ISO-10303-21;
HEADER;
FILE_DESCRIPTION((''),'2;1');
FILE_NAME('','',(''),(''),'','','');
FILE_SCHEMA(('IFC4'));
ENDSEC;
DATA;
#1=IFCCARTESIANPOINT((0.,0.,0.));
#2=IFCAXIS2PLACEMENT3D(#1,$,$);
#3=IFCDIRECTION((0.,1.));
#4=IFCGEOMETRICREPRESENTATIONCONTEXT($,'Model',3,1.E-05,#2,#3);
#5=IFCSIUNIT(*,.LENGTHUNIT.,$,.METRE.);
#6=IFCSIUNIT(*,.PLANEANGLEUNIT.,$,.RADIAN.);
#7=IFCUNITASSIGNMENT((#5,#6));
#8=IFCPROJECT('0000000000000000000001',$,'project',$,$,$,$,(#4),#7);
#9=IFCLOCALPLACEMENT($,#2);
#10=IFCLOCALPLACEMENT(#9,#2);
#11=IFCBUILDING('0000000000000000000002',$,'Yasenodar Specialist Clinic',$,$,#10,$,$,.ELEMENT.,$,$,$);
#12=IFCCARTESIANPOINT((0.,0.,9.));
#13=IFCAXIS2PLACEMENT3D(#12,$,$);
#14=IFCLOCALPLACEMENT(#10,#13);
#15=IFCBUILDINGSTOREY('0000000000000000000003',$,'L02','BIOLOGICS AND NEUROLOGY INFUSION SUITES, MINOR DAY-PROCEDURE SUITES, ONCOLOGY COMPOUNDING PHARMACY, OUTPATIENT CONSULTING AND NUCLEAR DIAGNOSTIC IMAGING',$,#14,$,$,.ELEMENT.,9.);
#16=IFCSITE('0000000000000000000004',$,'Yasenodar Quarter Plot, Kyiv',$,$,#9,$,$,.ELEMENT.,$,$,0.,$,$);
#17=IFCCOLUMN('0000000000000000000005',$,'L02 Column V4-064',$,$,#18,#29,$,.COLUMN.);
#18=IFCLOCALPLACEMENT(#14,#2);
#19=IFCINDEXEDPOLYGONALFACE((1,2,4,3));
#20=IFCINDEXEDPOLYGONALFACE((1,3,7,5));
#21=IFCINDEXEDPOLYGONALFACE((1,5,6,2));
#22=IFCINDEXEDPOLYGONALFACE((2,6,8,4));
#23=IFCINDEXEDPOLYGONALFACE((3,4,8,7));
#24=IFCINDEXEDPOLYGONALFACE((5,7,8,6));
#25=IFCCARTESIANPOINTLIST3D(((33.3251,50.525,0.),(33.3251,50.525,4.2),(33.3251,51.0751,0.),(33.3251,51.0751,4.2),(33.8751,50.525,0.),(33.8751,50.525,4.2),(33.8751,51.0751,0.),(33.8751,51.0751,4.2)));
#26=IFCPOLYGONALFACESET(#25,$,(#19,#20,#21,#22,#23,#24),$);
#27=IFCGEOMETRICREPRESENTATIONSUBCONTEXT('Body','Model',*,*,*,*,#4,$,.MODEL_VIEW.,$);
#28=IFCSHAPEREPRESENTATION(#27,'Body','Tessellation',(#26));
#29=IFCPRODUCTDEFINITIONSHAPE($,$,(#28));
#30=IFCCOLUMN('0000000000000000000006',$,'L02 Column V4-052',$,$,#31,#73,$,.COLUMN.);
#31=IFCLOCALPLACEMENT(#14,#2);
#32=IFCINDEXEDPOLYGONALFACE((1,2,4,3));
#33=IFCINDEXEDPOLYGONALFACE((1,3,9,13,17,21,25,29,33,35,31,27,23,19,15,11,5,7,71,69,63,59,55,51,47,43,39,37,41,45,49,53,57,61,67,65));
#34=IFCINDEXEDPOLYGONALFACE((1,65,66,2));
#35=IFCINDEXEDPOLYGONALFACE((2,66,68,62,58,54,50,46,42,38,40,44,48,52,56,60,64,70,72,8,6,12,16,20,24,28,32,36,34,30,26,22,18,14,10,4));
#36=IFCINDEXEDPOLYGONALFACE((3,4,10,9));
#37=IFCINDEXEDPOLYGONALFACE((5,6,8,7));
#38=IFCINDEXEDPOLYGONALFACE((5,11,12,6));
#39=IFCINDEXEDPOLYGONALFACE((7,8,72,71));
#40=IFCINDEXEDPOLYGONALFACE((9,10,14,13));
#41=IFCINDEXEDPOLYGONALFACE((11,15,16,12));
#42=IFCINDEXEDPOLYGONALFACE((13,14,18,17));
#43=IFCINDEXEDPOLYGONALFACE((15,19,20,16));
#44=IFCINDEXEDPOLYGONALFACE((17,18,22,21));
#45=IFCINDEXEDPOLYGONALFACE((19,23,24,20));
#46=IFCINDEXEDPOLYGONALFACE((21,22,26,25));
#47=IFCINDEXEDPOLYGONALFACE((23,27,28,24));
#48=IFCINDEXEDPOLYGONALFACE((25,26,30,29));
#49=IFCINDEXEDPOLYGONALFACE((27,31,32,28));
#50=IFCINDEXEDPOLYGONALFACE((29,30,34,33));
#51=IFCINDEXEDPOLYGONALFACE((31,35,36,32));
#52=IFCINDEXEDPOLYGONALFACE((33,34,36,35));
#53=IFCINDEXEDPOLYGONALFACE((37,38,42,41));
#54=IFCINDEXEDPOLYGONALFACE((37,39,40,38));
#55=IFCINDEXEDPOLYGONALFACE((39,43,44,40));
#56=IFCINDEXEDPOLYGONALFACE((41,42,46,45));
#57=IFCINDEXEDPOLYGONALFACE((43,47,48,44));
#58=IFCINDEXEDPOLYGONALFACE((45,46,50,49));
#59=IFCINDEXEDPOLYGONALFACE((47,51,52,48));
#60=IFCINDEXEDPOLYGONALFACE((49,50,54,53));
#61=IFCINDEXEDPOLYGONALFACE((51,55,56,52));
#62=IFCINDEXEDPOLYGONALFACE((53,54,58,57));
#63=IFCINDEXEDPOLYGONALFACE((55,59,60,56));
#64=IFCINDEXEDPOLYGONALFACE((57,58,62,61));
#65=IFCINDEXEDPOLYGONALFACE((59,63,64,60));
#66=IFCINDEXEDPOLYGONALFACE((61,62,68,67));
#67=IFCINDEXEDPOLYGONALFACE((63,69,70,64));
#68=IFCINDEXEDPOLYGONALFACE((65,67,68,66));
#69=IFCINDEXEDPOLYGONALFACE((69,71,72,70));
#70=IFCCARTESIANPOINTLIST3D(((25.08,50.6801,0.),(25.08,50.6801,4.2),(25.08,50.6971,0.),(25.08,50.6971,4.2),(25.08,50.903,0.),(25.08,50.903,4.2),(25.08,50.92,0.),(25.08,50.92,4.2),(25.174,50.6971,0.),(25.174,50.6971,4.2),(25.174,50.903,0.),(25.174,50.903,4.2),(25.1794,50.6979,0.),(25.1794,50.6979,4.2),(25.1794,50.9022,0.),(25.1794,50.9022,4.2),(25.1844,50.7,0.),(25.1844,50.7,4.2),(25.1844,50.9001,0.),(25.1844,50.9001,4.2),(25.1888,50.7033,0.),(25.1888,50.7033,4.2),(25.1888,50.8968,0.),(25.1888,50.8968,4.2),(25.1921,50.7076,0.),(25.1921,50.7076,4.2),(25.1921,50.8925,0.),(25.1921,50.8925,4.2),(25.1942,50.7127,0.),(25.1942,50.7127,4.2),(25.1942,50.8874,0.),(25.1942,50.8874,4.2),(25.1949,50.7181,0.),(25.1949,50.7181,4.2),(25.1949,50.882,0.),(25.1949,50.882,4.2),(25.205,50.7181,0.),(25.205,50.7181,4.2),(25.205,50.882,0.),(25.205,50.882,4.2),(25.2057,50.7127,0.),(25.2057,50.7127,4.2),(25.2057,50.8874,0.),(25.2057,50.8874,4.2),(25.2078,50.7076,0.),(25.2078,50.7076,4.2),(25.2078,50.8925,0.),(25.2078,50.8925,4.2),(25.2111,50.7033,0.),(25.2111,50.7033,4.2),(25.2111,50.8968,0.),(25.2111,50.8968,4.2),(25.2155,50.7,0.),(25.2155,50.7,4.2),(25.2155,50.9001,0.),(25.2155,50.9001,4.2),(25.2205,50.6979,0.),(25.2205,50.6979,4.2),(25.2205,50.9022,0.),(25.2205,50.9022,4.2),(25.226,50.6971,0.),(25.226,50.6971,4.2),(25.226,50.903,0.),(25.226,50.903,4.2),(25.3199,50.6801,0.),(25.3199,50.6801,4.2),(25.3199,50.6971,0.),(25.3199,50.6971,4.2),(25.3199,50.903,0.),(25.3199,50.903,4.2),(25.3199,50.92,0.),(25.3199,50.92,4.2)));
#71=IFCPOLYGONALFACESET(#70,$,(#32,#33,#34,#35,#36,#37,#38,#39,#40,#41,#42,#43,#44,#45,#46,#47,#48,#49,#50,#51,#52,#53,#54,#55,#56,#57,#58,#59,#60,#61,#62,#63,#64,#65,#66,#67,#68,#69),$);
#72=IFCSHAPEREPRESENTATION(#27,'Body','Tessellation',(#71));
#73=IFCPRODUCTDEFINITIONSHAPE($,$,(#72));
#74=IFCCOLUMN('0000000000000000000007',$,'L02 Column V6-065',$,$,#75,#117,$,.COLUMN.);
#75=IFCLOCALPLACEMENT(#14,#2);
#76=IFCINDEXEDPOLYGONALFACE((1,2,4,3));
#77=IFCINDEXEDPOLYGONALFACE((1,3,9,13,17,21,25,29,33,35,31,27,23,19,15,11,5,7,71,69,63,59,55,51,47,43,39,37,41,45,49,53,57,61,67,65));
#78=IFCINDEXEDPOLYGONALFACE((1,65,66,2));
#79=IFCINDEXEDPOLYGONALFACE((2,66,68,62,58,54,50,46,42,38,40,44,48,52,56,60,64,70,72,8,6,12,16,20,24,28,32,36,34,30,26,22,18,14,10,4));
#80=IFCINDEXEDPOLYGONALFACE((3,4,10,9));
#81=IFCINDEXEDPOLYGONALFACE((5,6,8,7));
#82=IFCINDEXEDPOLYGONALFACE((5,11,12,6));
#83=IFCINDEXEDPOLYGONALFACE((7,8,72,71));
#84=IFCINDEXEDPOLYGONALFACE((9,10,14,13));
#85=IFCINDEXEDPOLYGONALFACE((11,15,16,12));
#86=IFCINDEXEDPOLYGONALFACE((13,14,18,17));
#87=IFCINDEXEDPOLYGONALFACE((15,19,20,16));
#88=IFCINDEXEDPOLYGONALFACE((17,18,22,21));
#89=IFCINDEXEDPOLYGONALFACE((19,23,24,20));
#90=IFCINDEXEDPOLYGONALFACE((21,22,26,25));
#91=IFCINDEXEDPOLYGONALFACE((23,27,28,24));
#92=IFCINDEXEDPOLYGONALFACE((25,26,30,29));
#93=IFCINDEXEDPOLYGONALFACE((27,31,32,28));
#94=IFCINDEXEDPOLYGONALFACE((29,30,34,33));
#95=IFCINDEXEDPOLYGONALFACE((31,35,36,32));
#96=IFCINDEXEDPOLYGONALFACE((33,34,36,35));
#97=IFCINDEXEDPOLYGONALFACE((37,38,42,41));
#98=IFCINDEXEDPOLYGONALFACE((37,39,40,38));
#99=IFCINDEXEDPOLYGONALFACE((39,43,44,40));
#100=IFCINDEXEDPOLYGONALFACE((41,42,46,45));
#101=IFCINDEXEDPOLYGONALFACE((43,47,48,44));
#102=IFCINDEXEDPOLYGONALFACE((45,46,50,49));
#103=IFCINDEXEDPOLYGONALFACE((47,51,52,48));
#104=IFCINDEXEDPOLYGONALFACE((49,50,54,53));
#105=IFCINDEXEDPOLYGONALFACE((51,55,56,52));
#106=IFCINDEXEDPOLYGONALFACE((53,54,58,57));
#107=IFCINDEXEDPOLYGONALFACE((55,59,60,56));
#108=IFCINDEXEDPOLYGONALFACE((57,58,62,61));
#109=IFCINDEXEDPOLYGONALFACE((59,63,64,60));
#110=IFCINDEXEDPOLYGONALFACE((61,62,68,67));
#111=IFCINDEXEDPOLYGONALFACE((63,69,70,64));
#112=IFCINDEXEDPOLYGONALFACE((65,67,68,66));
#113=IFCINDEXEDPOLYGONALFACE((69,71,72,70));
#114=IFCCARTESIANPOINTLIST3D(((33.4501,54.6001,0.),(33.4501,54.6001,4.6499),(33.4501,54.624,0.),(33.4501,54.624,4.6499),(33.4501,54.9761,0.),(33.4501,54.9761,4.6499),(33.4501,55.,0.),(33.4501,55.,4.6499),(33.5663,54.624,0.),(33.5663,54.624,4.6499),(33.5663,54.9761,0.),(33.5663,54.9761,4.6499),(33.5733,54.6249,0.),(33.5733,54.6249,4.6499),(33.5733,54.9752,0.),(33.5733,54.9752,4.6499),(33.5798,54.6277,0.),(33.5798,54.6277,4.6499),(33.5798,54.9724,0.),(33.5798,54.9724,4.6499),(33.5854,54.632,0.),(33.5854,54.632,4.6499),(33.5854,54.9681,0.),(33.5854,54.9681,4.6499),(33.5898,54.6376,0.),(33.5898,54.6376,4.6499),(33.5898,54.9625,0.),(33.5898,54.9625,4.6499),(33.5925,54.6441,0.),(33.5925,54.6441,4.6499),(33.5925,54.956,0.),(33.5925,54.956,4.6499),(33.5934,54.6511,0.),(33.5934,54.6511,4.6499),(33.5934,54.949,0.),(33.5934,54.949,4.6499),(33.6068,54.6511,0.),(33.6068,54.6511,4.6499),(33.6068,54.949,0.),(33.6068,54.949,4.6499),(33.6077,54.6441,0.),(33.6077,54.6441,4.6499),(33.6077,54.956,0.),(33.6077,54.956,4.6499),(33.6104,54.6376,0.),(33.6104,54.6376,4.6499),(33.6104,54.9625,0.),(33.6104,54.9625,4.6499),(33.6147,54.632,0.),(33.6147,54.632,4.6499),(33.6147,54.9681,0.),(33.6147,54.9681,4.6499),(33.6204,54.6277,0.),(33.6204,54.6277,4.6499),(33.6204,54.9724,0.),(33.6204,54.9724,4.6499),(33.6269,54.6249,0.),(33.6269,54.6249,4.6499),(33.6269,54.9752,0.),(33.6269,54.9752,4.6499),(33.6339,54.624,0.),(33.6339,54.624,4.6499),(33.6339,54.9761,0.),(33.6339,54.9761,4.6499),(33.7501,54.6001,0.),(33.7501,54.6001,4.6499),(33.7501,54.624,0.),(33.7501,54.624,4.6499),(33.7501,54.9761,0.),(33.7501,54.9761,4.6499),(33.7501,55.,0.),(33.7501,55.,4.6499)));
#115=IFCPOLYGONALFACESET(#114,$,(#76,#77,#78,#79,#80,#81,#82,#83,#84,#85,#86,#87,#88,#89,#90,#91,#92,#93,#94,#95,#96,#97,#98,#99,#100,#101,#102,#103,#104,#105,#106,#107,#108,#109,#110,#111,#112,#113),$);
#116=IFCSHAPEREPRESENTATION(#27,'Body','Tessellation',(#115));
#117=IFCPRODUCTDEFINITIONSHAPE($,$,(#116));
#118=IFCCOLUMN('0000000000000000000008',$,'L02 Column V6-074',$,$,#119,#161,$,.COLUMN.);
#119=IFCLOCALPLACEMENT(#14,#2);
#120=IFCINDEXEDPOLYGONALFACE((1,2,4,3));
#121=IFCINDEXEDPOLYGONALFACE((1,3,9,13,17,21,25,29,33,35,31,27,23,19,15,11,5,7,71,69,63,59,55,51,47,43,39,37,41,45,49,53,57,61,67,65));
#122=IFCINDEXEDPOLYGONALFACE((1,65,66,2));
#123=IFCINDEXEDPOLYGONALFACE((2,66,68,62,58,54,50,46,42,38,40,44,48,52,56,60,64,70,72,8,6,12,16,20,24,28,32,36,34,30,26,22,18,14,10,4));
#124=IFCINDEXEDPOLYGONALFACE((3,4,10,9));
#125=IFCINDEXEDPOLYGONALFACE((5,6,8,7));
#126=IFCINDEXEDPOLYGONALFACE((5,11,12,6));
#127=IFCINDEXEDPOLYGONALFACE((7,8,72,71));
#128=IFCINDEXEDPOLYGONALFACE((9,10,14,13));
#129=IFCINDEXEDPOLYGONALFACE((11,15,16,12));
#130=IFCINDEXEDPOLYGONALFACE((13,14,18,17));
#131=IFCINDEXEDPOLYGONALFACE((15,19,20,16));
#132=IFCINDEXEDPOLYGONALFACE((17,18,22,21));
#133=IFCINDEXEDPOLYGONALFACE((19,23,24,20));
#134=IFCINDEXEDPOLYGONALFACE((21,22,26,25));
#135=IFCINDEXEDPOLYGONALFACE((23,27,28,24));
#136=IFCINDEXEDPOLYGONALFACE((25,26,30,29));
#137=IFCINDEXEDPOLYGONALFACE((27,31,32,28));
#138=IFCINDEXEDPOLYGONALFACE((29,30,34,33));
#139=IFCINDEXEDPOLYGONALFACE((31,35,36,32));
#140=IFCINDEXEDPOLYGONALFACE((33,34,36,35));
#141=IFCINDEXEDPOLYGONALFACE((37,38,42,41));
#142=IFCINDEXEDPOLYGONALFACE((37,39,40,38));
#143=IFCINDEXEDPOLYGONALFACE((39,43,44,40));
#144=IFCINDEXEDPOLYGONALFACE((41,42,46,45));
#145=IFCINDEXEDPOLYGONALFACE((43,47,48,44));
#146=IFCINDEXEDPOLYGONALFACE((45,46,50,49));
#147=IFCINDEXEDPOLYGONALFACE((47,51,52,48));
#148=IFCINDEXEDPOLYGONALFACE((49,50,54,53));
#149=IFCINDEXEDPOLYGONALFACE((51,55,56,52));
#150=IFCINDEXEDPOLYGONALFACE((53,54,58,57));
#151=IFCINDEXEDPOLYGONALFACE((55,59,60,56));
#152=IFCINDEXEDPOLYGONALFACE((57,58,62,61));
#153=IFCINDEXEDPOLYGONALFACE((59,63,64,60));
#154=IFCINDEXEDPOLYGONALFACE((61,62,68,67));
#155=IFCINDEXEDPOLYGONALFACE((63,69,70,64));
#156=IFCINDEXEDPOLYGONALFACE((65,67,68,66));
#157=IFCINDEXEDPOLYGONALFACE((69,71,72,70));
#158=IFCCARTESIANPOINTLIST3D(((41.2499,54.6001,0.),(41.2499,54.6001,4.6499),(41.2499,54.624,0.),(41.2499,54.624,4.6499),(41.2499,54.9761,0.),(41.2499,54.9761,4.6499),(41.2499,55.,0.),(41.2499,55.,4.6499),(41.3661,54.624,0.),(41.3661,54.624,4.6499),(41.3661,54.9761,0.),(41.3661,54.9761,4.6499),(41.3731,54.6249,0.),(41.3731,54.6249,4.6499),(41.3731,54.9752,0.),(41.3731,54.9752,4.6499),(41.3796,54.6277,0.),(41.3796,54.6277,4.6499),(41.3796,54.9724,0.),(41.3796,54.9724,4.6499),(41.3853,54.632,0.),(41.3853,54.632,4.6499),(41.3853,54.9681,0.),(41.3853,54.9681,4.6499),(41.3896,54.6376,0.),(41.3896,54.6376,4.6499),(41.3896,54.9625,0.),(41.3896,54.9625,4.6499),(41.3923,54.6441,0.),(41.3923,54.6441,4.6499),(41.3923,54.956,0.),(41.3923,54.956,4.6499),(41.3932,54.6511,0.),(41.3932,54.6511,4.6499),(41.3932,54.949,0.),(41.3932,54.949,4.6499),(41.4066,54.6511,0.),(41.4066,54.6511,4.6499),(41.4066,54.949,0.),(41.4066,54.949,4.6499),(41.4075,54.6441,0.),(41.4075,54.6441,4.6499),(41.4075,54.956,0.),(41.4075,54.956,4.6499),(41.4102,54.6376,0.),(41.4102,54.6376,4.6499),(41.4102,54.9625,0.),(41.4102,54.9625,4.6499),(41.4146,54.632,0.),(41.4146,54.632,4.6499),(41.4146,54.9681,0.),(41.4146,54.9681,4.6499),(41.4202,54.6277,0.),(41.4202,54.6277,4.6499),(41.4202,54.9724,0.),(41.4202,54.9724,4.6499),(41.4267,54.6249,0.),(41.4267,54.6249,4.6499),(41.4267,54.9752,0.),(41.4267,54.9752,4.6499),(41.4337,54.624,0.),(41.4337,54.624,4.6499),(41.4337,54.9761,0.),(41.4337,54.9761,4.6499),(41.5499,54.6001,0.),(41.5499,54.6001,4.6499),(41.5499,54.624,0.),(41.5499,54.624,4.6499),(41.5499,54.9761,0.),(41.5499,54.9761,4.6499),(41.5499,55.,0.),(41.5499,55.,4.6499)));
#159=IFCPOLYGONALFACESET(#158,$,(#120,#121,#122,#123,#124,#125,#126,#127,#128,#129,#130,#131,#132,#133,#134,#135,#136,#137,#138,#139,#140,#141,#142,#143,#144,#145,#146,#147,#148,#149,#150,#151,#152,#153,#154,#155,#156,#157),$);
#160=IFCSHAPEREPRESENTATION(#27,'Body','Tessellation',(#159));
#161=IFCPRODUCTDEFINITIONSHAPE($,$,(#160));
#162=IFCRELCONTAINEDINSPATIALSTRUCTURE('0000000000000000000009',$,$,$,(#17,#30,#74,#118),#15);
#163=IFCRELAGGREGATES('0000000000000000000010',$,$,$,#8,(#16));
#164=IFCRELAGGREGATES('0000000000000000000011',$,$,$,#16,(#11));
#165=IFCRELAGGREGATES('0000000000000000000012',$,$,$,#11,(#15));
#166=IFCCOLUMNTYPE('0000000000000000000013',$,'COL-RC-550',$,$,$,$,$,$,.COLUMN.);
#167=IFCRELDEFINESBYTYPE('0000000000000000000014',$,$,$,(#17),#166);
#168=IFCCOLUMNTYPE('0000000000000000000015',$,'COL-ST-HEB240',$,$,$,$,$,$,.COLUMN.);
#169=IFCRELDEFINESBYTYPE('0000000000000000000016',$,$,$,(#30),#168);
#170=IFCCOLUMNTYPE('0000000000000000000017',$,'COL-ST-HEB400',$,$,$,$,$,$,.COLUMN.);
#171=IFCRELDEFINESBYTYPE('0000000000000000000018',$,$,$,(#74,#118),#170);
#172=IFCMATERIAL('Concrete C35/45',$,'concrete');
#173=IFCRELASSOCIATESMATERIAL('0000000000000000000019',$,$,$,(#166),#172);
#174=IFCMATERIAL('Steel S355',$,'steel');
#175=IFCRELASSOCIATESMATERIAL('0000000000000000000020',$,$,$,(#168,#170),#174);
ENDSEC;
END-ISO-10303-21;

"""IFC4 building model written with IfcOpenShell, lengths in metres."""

from ifc_helpers import new_model, si_unit, direction, frame, origin, origin_2d, place, context, subcontext, project, spatial, rectangle, i_section, extrude, material, material_profile, profile_set, type_object, element, save


model = new_model("IFC4")

# Units and contexts
model_context = context("Model", 3, precision=1e-05, world=origin(), true_north=direction((0.0, 1.0)))
body_context = subcontext(model_context, "Body", "Model", "MODEL_VIEW")
ifc_project = project(units=[si_unit("LENGTHUNIT", "METRE"), si_unit("PLANEANGLEUNIT", "RADIAN")], contexts=[model_context])

# Site, building, storey
site_placement = place(None, origin())
site = spatial("IfcSite", under=ifc_project, at=site_placement, Name="Yasenodar Quarter Plot, Kyiv", CompositionType="ELEMENT", RefElevation=0.0)
building_placement = place(site_placement, origin())
building = spatial("IfcBuilding", under=site, at=building_placement, Name="Yasenodar Specialist Clinic", CompositionType="ELEMENT")
storey_placement = place(building_placement, frame((0.0, 0.0, 9.0)))
storey = spatial("IfcBuildingStorey", under=building, at=storey_placement, Name="L02", Description="BIOLOGICS AND NEUROLOGY INFUSION SUITES, MINOR DAY-PROCEDURE SUITES, ONCOLOGY COMPOUNDING PHARMACY, OUTPATIENT CONSULTING AND NUCLEAR DIAGNOSTIC IMAGING", CompositionType="ELEMENT", Elevation=9.0)

# Columns
ifc_material_1 = material(Name="Concrete C35/45", Category="concrete")
ifc_material_profile_1 = material_profile(ifc_material_1, rectangle(XDim=0.55, YDim=0.55, at=origin_2d()), Name="RC 550x550")
ifc_profile_set_1 = profile_set([ifc_material_profile_1], Name="Concrete C35/45")
column_type_1 = type_object("IfcColumnType", Name="COL-RC-550", PredefinedType="COLUMN", material=ifc_profile_set_1)
column_1_placement = place(storey_placement, frame((33.6001, 50.8, 0.0), z_axis=(0.0, 0.0, 1.0), x_axis=(1.0, 0.0, 0.0)))
element("IfcColumn", 1, at=column_1_placement, inside=storey, type_object=column_type_1, Name="L02 Column V4-064", PredefinedType="COLUMN", context=body_context, shape_type="SweptSolid", body=[
    extrude(rectangle(XDim=0.55, YDim=0.55, at=origin_2d()), origin(), (0.0, 0.0, 1.0), 4.2),
])
ifc_material_2 = material(Name="Steel S355", Category="steel")
ifc_material_profile_2 = material_profile(ifc_material_2, i_section(OverallWidth=0.24, OverallDepth=0.24, WebThickness=0.01, FlangeThickness=0.0171, FilletRadius=0.021, at=origin_2d()), Name="HEB 240")
ifc_profile_set_2 = profile_set([ifc_material_profile_2], Name="Steel S355")
column_type_2 = type_object("IfcColumnType", Name="COL-ST-HEB240", PredefinedType="COLUMN", material=ifc_profile_set_2)
column_2_placement = place(storey_placement, frame((25.2, 50.8, 0.0), z_axis=(0.0, 0.0, 1.0), x_axis=(1.0, 0.0, 0.0)))
element("IfcColumn", 2, at=column_2_placement, inside=storey, type_object=column_type_2, Name="L02 Column V4-052", PredefinedType="COLUMN", context=body_context, shape_type="SweptSolid", body=[
    extrude(i_section(OverallWidth=0.24, OverallDepth=0.24, WebThickness=0.01, FlangeThickness=0.0171, FilletRadius=0.021, at=origin_2d()), origin(), (0.0, 0.0, 1.0), 4.2),
])
ifc_material_profile_3 = material_profile(ifc_material_2, i_section(OverallWidth=0.3, OverallDepth=0.3999, WebThickness=0.0134, FlangeThickness=0.0239, FilletRadius=0.0271, at=origin_2d()), Name="HEB 400")
ifc_profile_set_3 = profile_set([ifc_material_profile_3], Name="Steel S355")
column_type_3 = type_object("IfcColumnType", Name="COL-ST-HEB400", PredefinedType="COLUMN", material=ifc_profile_set_3)
for number, where, z_axis, x_axis, name in (
    (3, (33.6001, 54.8, 0.0), (0.0, 0.0, 1.0), (1.0, 0.0, 0.0), "L02 Column V6-065"),
    (4, (41.3999, 54.8, 0.0), (0.0, 0.0, 1.0), (1.0, 0.0, 0.0), "L02 Column V6-074"),
):
    element("IfcColumn", number, at=place(storey_placement, frame(where, z_axis=z_axis, x_axis=x_axis)), inside=storey, type_object=column_type_3, Name=name, PredefinedType="COLUMN", context=body_context, shape_type="SweptSolid", body=[
        extrude(i_section(OverallWidth=0.3, OverallDepth=0.3999, WebThickness=0.0134, FlangeThickness=0.0239, FilletRadius=0.0271, at=origin_2d()), origin(), (0.0, 0.0, 1.0), 4.6499),
    ])

save(model, "model.ifc")
